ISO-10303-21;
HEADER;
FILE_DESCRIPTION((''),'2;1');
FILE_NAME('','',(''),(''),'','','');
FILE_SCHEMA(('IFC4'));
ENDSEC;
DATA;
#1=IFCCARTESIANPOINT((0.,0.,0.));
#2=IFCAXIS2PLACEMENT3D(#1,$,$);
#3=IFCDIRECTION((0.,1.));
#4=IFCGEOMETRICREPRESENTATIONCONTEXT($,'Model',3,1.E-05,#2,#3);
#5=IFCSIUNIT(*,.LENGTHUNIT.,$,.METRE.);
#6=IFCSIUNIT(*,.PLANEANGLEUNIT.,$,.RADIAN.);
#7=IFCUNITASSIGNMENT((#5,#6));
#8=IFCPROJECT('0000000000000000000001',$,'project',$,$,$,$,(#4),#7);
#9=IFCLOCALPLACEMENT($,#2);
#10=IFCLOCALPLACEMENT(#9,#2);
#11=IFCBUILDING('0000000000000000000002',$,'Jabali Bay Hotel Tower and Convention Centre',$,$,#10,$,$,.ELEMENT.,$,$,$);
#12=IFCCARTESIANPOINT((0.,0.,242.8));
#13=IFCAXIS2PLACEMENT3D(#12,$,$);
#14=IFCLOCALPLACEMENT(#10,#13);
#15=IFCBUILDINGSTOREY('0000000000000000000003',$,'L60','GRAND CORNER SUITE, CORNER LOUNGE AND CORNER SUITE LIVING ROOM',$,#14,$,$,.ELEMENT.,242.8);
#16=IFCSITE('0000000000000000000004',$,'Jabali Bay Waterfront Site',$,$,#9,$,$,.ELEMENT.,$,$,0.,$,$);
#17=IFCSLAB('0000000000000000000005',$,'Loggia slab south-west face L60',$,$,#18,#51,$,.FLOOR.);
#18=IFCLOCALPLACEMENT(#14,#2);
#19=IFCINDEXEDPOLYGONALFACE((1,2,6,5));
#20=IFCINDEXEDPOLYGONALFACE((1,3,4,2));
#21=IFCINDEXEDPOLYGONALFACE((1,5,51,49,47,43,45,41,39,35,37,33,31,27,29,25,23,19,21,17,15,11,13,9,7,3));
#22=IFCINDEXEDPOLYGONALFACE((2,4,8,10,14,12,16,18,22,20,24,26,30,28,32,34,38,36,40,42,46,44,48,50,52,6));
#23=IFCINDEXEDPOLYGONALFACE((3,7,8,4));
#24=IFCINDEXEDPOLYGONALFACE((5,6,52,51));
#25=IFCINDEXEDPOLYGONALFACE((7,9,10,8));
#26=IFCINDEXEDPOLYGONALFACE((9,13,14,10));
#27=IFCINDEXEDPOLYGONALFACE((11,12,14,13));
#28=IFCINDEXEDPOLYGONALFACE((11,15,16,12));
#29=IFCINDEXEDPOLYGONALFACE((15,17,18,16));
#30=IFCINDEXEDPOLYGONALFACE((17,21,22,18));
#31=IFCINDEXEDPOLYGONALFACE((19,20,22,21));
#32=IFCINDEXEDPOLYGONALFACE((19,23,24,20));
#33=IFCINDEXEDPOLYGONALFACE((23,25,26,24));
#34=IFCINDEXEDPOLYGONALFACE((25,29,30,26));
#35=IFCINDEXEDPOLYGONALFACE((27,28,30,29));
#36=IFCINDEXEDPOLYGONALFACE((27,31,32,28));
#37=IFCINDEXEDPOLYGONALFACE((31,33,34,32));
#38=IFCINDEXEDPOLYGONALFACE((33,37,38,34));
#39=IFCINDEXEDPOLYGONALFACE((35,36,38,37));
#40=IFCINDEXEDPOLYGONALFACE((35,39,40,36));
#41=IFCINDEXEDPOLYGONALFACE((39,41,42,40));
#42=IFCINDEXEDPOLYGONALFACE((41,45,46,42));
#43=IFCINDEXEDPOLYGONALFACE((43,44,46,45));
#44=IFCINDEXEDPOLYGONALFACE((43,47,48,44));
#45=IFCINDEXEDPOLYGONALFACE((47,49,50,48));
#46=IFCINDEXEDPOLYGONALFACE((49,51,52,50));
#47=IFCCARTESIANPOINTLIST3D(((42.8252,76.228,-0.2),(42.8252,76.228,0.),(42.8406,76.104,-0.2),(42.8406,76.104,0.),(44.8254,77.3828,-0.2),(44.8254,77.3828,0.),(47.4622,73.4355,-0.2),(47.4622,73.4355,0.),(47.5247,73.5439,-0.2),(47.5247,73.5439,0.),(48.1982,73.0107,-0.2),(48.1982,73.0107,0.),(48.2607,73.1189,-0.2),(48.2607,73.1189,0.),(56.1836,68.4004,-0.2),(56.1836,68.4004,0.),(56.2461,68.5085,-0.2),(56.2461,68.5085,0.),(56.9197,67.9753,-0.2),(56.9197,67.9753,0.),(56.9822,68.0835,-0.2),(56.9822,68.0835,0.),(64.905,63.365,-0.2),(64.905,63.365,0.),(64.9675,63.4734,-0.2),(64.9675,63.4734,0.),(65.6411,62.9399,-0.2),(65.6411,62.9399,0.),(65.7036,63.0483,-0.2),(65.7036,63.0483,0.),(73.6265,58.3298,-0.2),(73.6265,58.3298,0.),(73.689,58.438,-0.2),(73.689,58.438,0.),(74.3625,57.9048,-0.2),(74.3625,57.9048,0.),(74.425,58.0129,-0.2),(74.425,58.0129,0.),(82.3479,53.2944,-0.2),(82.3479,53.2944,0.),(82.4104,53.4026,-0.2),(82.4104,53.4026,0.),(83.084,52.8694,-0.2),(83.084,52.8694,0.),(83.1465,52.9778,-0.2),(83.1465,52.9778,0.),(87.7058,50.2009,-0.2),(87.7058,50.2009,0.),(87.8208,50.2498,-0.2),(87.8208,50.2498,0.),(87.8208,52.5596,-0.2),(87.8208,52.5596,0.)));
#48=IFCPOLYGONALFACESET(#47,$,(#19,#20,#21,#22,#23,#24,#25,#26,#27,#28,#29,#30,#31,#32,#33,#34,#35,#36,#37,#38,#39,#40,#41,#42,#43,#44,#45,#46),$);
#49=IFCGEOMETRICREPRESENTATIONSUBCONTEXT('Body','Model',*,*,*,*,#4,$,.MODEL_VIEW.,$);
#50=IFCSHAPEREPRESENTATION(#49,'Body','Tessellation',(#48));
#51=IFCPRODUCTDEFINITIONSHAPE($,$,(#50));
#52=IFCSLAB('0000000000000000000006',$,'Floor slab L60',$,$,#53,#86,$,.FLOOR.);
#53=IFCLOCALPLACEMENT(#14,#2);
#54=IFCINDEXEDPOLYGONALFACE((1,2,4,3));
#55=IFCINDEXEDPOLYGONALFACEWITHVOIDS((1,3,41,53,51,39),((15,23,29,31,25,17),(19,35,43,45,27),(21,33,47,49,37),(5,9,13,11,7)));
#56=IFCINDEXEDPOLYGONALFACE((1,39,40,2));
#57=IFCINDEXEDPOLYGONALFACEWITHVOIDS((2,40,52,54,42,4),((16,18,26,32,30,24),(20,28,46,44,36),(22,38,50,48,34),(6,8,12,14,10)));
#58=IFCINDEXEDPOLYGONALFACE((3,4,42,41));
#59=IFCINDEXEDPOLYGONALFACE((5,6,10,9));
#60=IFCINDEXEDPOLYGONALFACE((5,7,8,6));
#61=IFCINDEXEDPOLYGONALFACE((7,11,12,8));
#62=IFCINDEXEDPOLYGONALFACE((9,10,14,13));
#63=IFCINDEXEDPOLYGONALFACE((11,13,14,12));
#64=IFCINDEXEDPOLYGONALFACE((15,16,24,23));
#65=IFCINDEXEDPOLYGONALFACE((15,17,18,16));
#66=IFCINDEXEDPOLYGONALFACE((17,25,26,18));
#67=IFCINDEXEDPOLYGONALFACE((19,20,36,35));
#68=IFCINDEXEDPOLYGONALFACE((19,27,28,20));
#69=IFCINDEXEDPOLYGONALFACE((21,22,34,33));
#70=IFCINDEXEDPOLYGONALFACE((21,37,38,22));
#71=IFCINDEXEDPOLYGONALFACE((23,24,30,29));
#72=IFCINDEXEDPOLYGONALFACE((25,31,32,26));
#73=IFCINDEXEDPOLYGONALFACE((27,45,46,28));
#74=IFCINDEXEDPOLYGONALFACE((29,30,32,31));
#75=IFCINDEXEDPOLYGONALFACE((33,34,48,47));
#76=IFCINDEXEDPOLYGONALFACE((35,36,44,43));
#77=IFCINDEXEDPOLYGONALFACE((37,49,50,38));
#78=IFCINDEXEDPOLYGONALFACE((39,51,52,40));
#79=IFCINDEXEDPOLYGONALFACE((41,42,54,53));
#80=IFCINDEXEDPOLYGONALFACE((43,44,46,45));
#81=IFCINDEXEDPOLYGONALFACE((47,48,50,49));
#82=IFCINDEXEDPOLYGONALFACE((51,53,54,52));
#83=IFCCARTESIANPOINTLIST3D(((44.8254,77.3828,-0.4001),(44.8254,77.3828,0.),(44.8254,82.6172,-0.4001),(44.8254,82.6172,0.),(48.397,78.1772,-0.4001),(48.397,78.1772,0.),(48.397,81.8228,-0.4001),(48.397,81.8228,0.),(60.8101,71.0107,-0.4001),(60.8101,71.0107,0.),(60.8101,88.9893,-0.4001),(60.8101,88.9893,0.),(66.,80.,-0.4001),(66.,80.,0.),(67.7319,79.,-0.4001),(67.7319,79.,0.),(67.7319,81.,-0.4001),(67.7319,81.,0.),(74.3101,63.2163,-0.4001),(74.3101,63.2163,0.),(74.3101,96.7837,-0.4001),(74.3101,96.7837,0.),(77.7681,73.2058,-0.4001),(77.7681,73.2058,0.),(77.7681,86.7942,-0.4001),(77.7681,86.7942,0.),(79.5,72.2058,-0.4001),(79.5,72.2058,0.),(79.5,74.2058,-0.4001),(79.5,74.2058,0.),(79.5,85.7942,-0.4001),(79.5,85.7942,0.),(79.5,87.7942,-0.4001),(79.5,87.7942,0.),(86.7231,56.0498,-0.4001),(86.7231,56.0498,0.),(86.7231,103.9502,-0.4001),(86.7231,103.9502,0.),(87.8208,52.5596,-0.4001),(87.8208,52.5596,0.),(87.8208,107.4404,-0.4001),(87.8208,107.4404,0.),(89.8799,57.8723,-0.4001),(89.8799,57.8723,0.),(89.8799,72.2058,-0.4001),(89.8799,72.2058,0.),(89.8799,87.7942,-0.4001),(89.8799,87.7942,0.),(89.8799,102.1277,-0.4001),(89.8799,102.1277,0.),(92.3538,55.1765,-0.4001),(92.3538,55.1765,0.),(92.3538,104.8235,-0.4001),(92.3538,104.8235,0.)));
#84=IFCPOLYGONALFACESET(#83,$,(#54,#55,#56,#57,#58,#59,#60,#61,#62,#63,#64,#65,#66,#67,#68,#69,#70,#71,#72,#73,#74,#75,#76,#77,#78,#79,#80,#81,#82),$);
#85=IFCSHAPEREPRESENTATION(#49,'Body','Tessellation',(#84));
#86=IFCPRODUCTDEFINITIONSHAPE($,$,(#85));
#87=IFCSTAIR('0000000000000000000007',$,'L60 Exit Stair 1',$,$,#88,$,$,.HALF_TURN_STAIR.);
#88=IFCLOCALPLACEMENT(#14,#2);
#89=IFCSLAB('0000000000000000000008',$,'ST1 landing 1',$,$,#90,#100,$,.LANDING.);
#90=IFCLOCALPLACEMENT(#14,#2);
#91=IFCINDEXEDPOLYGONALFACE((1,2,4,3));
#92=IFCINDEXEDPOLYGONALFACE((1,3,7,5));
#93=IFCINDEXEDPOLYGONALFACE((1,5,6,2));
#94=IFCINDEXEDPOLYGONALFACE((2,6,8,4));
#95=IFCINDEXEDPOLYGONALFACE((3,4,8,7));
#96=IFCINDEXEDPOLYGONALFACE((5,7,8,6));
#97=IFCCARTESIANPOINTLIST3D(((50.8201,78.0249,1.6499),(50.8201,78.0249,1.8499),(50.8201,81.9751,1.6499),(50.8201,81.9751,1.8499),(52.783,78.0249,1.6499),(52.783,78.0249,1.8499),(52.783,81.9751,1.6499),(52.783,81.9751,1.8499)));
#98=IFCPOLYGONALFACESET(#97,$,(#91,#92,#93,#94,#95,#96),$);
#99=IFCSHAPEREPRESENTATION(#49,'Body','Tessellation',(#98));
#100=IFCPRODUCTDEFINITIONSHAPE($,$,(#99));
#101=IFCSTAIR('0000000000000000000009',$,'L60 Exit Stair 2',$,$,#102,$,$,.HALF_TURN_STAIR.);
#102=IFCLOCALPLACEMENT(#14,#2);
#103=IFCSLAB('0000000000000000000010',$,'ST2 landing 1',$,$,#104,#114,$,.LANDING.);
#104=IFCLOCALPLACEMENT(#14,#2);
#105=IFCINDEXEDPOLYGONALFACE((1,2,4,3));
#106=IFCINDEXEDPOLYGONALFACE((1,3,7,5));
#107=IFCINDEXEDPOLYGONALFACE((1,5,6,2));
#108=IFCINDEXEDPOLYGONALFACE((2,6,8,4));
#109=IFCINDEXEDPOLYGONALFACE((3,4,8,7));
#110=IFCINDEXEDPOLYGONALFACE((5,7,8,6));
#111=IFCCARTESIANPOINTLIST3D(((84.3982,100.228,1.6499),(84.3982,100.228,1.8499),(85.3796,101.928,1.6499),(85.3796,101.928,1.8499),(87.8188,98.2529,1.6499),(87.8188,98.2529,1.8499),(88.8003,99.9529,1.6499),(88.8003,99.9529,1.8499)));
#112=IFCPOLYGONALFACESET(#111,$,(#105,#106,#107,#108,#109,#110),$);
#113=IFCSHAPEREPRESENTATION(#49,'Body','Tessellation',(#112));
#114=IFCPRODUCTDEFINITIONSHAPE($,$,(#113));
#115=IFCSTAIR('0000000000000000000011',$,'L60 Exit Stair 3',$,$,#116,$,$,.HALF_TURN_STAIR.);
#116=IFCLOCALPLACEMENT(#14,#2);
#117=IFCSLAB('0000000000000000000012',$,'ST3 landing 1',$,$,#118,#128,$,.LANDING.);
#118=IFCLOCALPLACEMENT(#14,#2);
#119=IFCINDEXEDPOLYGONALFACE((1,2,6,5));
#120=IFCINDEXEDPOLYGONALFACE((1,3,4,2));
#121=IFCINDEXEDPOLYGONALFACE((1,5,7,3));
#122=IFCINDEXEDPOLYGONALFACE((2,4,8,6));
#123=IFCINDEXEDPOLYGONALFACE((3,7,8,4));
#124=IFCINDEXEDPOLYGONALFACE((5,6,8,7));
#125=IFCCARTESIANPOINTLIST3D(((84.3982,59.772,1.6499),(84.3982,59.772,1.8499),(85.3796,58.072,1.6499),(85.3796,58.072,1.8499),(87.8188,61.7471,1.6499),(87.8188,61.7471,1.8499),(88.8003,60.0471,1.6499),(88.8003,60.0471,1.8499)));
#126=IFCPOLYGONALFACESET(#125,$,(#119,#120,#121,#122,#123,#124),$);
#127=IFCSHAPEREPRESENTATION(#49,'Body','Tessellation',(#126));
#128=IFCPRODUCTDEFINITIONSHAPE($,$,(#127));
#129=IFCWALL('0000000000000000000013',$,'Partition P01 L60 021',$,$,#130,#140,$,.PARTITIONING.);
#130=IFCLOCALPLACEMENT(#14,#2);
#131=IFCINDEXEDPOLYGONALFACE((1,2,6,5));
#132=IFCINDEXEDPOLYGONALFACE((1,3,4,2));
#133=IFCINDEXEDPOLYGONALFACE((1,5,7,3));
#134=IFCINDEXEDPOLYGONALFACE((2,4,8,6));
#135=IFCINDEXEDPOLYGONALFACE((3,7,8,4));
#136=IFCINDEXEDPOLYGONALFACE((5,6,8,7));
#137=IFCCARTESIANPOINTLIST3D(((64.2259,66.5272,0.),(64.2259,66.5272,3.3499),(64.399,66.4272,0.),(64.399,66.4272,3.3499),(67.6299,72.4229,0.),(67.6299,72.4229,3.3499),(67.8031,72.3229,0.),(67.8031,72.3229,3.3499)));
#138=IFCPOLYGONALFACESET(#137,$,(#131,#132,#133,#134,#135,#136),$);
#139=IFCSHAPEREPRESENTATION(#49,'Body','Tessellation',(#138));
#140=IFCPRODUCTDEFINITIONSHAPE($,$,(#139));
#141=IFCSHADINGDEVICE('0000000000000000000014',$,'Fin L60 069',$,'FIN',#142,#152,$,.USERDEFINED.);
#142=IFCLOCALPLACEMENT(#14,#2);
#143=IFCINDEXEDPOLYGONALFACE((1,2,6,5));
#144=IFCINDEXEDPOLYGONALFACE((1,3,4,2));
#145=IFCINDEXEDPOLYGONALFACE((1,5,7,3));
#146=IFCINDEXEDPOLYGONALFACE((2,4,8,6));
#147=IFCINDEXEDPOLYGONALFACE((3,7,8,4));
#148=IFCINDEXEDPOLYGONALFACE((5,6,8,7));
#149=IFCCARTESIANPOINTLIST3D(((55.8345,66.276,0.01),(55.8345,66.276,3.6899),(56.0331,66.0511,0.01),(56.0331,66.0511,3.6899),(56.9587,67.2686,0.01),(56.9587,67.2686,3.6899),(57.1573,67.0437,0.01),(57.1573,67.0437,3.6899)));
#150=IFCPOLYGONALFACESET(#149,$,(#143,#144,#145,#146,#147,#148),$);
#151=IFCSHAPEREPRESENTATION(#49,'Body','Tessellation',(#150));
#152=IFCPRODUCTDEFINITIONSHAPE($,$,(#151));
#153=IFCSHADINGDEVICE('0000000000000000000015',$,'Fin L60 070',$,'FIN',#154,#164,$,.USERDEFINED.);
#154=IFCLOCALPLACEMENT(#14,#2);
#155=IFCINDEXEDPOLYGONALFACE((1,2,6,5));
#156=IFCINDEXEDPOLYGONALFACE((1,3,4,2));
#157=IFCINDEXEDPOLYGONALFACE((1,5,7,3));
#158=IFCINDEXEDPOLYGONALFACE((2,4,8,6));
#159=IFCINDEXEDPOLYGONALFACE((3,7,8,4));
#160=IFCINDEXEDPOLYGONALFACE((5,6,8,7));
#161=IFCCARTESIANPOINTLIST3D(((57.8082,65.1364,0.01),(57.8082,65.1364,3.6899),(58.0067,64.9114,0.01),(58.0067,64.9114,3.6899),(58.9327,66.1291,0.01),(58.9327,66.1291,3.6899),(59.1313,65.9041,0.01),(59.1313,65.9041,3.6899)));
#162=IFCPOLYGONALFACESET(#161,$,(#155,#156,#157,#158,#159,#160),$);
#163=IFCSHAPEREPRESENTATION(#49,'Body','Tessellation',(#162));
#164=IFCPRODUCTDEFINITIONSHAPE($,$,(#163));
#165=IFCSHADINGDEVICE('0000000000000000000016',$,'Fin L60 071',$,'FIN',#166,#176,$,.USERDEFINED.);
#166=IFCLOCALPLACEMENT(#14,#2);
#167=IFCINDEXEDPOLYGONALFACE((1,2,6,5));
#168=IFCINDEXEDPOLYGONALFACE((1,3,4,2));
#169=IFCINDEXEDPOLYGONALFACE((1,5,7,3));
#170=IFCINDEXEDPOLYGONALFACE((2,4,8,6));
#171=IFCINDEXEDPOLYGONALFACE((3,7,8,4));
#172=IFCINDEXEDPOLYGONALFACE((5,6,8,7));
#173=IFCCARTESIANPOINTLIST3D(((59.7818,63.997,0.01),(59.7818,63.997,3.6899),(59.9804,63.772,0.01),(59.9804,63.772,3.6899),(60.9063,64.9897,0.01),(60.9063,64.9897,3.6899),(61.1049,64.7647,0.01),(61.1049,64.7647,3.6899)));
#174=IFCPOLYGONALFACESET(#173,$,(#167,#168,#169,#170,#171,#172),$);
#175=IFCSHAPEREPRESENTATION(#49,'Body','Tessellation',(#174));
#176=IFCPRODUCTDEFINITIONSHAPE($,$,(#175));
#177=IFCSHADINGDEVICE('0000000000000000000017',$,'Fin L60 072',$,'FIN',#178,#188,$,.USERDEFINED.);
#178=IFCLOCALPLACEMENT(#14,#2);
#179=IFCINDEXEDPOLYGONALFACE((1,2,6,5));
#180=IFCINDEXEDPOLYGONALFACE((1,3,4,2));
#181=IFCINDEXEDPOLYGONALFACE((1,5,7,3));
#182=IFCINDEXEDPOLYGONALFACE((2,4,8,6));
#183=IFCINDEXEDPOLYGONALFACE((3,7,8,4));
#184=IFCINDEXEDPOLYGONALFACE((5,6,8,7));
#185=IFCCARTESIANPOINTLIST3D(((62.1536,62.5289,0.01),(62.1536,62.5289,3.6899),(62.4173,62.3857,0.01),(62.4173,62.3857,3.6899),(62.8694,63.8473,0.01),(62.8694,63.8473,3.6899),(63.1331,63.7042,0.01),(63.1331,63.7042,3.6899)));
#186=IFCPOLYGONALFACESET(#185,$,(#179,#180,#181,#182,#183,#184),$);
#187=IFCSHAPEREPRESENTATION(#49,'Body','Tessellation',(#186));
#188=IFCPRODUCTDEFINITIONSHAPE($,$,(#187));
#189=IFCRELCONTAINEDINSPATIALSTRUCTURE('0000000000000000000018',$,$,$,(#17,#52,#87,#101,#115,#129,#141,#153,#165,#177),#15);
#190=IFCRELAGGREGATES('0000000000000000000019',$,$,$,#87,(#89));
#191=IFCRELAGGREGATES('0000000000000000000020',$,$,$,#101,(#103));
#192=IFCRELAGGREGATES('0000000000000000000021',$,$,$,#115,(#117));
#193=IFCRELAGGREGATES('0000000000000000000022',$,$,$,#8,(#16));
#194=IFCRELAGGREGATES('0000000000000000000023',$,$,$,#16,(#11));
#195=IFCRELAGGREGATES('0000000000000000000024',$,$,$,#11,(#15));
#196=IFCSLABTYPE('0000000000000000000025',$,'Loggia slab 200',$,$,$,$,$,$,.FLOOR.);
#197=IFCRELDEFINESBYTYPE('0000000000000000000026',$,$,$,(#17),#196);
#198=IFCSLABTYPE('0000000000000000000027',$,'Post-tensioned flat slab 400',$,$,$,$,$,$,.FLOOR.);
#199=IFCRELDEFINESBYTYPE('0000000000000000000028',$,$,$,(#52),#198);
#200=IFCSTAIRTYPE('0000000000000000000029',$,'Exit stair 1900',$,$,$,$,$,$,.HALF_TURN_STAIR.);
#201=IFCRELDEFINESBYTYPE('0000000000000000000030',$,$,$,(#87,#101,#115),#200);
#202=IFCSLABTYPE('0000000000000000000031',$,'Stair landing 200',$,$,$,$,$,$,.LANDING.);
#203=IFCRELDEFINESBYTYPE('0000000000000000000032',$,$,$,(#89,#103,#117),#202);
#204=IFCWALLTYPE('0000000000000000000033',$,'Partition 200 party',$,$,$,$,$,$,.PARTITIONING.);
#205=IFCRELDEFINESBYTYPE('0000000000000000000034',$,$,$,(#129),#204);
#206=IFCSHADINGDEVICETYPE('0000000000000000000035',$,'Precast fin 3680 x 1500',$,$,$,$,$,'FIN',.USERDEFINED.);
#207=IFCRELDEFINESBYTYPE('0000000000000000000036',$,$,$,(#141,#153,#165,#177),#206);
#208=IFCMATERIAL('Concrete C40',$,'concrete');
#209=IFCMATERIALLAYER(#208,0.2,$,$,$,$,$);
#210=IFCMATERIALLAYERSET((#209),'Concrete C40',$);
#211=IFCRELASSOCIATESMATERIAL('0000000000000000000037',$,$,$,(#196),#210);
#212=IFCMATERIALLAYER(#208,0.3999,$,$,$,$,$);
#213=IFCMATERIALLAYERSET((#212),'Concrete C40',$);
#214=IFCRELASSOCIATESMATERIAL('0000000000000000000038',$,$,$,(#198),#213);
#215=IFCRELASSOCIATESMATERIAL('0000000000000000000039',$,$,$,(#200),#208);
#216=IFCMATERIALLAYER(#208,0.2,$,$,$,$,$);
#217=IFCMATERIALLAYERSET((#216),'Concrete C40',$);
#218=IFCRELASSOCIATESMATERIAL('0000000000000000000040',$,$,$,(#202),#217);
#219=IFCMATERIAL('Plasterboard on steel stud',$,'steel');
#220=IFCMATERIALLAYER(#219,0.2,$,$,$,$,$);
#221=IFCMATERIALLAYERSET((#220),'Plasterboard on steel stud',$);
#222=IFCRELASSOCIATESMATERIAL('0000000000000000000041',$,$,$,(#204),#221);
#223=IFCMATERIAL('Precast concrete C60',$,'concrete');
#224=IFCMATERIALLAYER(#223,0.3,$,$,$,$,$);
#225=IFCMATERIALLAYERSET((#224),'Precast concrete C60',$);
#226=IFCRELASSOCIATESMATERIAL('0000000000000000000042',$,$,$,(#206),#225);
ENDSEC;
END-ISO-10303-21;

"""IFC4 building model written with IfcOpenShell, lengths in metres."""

from ifc_helpers import new_model, si_unit, direction, frame, frame_2d, origin, place, context, subcontext, project, spatial, polyline, rectangle, outline, extrude, material, layer, layer_set, type_object, element, aggregate, save


model = new_model("IFC4")

# Units and contexts
model_context = context("Model", 3, precision=1e-05, world=origin(), true_north=direction((0.0, 1.0)))
body_context = subcontext(model_context, "Body", "Model", "MODEL_VIEW")
ifc_project = project(units=[si_unit("LENGTHUNIT", "METRE"), si_unit("PLANEANGLEUNIT", "RADIAN")], contexts=[model_context])

# Site, building, storey
site_placement = place(None, origin())
site = spatial("IfcSite", under=ifc_project, at=site_placement, Name="Jabali Bay Waterfront Site", CompositionType="ELEMENT", RefElevation=0.0)
building_placement = place(site_placement, origin())
building = spatial("IfcBuilding", under=site, at=building_placement, Name="Jabali Bay Hotel Tower and Convention Centre", CompositionType="ELEMENT")
storey_placement = place(building_placement, frame((0.0, 0.0, 242.8)))
storey = spatial("IfcBuildingStorey", under=building, at=storey_placement, Name="L60", Description="GRAND CORNER SUITE, CORNER LOUNGE AND CORNER SUITE LIVING ROOM", CompositionType="ELEMENT", Elevation=242.8)

# Slabs
ifc_material_1 = material(Name="Concrete C40", Category="concrete")
ifc_layer_1 = layer(ifc_material_1, 0.2)
ifc_layer_set_1 = layer_set([ifc_layer_1], Name="Concrete C40")
slab_type_1 = type_object("IfcSlabType", Name="Loggia slab 200", PredefinedType="FLOOR", material=ifc_layer_set_1)
slab_1_placement = place(storey_placement, frame((0.0, 0.0, -0.2)))
element("IfcSlab", 1, at=slab_1_placement, inside=storey, type_object=slab_type_1, Name="Loggia slab south-west face L60", PredefinedType="FLOOR", context=body_context, shape_type="SweptSolid", body=[
    extrude(outline(polyline([(87.8208, 52.5596), (87.8208, 50.2498), (87.7058, 50.2009), (83.084, 52.8694), (83.1465, 52.9778), (82.4104, 53.4026), (82.3479, 53.2944), (74.3625, 57.9048), (74.425, 58.0129), (73.689, 58.438), (73.6265, 58.3298), (65.6411, 62.9399), (65.7036, 63.0483), (64.9675, 63.4734), (64.905, 63.365), (56.9197, 67.9753), (56.9822, 68.0835), (56.2461, 68.5085), (56.1836, 68.4004), (48.1982, 73.0107), (48.2607, 73.1189), (47.5247, 73.5439), (47.4622, 73.4355), (42.8406, 76.104), (42.8252, 76.228), (44.8254, 77.3828), (87.8208, 52.5596)])), origin(), (0.0, 0.0, 1.0), 0.2),
])
ifc_layer_2 = layer(ifc_material_1, 0.3999)
ifc_layer_set_2 = layer_set([ifc_layer_2], Name="Concrete C40")
slab_type_2 = type_object("IfcSlabType", Name="Post-tensioned flat slab 400", PredefinedType="FLOOR", material=ifc_layer_set_2)
slab_2_placement = place(storey_placement, frame((0.0, 0.0, -0.4001)))
element("IfcSlab", 2, at=slab_2_placement, inside=storey, type_object=slab_type_2, Name="Floor slab L60", PredefinedType="FLOOR", context=body_context, shape_type="SweptSolid", body=[
    extrude(outline(polyline([(87.8208, 107.4404), (92.3538, 104.8235), (92.3538, 55.1765), (87.8208, 52.5596), (44.8254, 77.3828), (44.8254, 82.6172), (87.8208, 107.4404)]), holes=[polyline([(67.7319, 79.0), (77.7681, 73.2058), (79.5, 74.2058), (79.5, 85.7942), (77.7681, 86.7942), (67.7319, 81.0), (67.7319, 79.0)]), polyline([(48.397, 78.1772), (60.8101, 71.0107), (66.0, 80.0), (60.8101, 88.9893), (48.397, 81.8228), (48.397, 78.1772)]), polyline([(89.8799, 102.1277), (86.7231, 103.9502), (74.3101, 96.7837), (79.5, 87.7942), (89.8799, 87.7942), (89.8799, 102.1277)]), polyline([(74.3101, 63.2163), (86.7231, 56.0498), (89.8799, 57.8723), (89.8799, 72.2058), (79.5, 72.2058), (74.3101, 63.2163)])]), origin(), (0.0, 0.0, 1.0), 0.4001),
])

# Stairs, slabs
stair_type = type_object("IfcStairType", Name="Exit stair 1900", PredefinedType="HALF_TURN_STAIR", material=ifc_material_1)
stair_1_placement = place(storey_placement, origin())
stair_1 = element("IfcStair", 3, at=stair_1_placement, inside=storey, type_object=stair_type, Name="L60 Exit Stair 1", PredefinedType="HALF_TURN_STAIR")
ifc_layer_3 = layer(ifc_material_1, 0.2)
ifc_layer_set_3 = layer_set([ifc_layer_3], Name="Concrete C40")
slab_type_3 = type_object("IfcSlabType", Name="Stair landing 200", PredefinedType="LANDING", material=ifc_layer_set_3)
slab_3_placement = place(storey_placement, frame((0.0, 0.0, 1.6499)))
slab_3 = element("IfcSlab", 4, at=slab_3_placement, type_object=slab_type_3, Name="ST1 landing 1", PredefinedType="LANDING", context=body_context, shape_type="SweptSolid", body=[
    extrude(outline(polyline([(52.783, 81.9751), (50.8201, 81.9751), (50.8201, 78.0249), (52.783, 78.0249), (52.783, 81.9751)])), origin(), (0.0, 0.0, 1.0), 0.2),
])
aggregate(stair_1, [slab_3])
stair_2_placement = place(storey_placement, origin())
stair_2 = element("IfcStair", 5, at=stair_2_placement, inside=storey, type_object=stair_type, Name="L60 Exit Stair 2", PredefinedType="HALF_TURN_STAIR")
slab_4_placement = place(storey_placement, frame((0.0, 0.0, 1.6499)))
slab_4 = element("IfcSlab", 6, at=slab_4_placement, type_object=slab_type_3, Name="ST2 landing 1", PredefinedType="LANDING", context=body_context, shape_type="SweptSolid", body=[
    extrude(outline(polyline([(87.8188, 98.2529), (88.8003, 99.9529), (85.3796, 101.928), (84.3982, 100.228), (87.8188, 98.2529)])), origin(), (0.0, 0.0, 1.0), 0.2),
])
aggregate(stair_2, [slab_4])
stair_3_placement = place(storey_placement, origin())
stair_3 = element("IfcStair", 7, at=stair_3_placement, inside=storey, type_object=stair_type, Name="L60 Exit Stair 3", PredefinedType="HALF_TURN_STAIR")
slab_5_placement = place(storey_placement, frame((0.0, 0.0, 1.6499)))
slab_5 = element("IfcSlab", 8, at=slab_5_placement, type_object=slab_type_3, Name="ST3 landing 1", PredefinedType="LANDING", context=body_context, shape_type="SweptSolid", body=[
    extrude(outline(polyline([(84.3982, 59.772), (85.3796, 58.072), (88.8003, 60.0471), (87.8188, 61.7471), (84.3982, 59.772)])), origin(), (0.0, 0.0, 1.0), 0.2),
])
aggregate(stair_3, [slab_5])

# Wall
ifc_material_2 = material(Name="Plasterboard on steel stud", Category="steel")
ifc_layer_4 = layer(ifc_material_2, 0.2)
ifc_layer_set_4 = layer_set([ifc_layer_4], Name="Plasterboard on steel stud")
wall_type = type_object("IfcWallType", Name="Partition 200 party", PredefinedType="PARTITIONING", material=ifc_layer_set_4)
wall_placement = place(storey_placement, frame((64.3125, 66.4773, 0.0), z_axis=(0.0, 0.0, 1.0), x_axis=(0.500015, 0.866017, 0.0)))
element("IfcWall", 9, at=wall_placement, inside=storey, type_object=wall_type, Name="Partition P01 L60 021", PredefinedType="PARTITIONING", context=body_context, shape_type="SweptSolid", body=[
    extrude(rectangle(XDim=6.8079, YDim=0.2, at=frame_2d((3.4038, 0.0))), origin(), (0.0, 0.0, 1.0), 3.3499),
])

# Shading devices
ifc_material_3 = material(Name="Precast concrete C60", Category="concrete")
ifc_layer_5 = layer(ifc_material_3, 0.3)
ifc_layer_set_5 = layer_set([ifc_layer_5], Name="Precast concrete C60")
shading_device_type = type_object("IfcShadingDeviceType", Name="Precast fin 3680 x 1500", ElementType="FIN", PredefinedType="USERDEFINED", material=ifc_layer_set_5)
shading_device_1_placement = place(storey_placement, frame((57.0581, 67.1562, 0.01), z_axis=(0.0, 0.0, 1.0), x_axis=(-0.749615, -0.661875, 0.0)))
element("IfcShadingDevice", 10, at=shading_device_1_placement, inside=storey, type_object=shading_device_type, Name="Fin L60 069", ObjectType="FIN", PredefinedType="USERDEFINED", context=body_context, shape_type="SweptSolid", body=[
    extrude(rectangle(XDim=1.4998, YDim=0.3, at=frame_2d((0.75, 0.0))), origin(), (0.0, 0.0, 1.0), 3.6799),
])
for number, where, z_axis, x_axis, name in (
    (11, (59.032, 66.0166, 0.01), (0.0, 0.0, 1.0), (-0.749686, -0.661794, 0.0), "Fin L60 070"),
    (12, (61.0056, 64.8772, 0.01), (0.0, 0.0, 1.0), (-0.749686, -0.661794, 0.0), "Fin L60 071"),
):
    element("IfcShadingDevice", number, at=place(storey_placement, frame(where, z_axis=z_axis, x_axis=x_axis)), inside=storey, type_object=shading_device_type, Name=name, ObjectType="FIN", PredefinedType="USERDEFINED", context=body_context, shape_type="SweptSolid", body=[
        extrude(rectangle(XDim=1.5, YDim=0.3, at=frame_2d((0.75, 0.0))), origin(), (0.0, 0.0, 1.0), 3.6799),
    ])
shading_device_2_placement = place(storey_placement, frame((63.0012, 63.7756, 0.01), z_axis=(0.0, 0.0, 1.0), x_axis=(-0.477164, -0.878814, 0.0)))
element("IfcShadingDevice", 13, at=shading_device_2_placement, inside=storey, type_object=shading_device_type, Name="Fin L60 072", ObjectType="FIN", PredefinedType="USERDEFINED", context=body_context, shape_type="SweptSolid", body=[
    extrude(rectangle(XDim=1.5002, YDim=0.3, at=frame_2d((0.75, 0.0))), origin(), (0.0, 0.0, 1.0), 3.6799),
])

save(model, "model.ifc")
